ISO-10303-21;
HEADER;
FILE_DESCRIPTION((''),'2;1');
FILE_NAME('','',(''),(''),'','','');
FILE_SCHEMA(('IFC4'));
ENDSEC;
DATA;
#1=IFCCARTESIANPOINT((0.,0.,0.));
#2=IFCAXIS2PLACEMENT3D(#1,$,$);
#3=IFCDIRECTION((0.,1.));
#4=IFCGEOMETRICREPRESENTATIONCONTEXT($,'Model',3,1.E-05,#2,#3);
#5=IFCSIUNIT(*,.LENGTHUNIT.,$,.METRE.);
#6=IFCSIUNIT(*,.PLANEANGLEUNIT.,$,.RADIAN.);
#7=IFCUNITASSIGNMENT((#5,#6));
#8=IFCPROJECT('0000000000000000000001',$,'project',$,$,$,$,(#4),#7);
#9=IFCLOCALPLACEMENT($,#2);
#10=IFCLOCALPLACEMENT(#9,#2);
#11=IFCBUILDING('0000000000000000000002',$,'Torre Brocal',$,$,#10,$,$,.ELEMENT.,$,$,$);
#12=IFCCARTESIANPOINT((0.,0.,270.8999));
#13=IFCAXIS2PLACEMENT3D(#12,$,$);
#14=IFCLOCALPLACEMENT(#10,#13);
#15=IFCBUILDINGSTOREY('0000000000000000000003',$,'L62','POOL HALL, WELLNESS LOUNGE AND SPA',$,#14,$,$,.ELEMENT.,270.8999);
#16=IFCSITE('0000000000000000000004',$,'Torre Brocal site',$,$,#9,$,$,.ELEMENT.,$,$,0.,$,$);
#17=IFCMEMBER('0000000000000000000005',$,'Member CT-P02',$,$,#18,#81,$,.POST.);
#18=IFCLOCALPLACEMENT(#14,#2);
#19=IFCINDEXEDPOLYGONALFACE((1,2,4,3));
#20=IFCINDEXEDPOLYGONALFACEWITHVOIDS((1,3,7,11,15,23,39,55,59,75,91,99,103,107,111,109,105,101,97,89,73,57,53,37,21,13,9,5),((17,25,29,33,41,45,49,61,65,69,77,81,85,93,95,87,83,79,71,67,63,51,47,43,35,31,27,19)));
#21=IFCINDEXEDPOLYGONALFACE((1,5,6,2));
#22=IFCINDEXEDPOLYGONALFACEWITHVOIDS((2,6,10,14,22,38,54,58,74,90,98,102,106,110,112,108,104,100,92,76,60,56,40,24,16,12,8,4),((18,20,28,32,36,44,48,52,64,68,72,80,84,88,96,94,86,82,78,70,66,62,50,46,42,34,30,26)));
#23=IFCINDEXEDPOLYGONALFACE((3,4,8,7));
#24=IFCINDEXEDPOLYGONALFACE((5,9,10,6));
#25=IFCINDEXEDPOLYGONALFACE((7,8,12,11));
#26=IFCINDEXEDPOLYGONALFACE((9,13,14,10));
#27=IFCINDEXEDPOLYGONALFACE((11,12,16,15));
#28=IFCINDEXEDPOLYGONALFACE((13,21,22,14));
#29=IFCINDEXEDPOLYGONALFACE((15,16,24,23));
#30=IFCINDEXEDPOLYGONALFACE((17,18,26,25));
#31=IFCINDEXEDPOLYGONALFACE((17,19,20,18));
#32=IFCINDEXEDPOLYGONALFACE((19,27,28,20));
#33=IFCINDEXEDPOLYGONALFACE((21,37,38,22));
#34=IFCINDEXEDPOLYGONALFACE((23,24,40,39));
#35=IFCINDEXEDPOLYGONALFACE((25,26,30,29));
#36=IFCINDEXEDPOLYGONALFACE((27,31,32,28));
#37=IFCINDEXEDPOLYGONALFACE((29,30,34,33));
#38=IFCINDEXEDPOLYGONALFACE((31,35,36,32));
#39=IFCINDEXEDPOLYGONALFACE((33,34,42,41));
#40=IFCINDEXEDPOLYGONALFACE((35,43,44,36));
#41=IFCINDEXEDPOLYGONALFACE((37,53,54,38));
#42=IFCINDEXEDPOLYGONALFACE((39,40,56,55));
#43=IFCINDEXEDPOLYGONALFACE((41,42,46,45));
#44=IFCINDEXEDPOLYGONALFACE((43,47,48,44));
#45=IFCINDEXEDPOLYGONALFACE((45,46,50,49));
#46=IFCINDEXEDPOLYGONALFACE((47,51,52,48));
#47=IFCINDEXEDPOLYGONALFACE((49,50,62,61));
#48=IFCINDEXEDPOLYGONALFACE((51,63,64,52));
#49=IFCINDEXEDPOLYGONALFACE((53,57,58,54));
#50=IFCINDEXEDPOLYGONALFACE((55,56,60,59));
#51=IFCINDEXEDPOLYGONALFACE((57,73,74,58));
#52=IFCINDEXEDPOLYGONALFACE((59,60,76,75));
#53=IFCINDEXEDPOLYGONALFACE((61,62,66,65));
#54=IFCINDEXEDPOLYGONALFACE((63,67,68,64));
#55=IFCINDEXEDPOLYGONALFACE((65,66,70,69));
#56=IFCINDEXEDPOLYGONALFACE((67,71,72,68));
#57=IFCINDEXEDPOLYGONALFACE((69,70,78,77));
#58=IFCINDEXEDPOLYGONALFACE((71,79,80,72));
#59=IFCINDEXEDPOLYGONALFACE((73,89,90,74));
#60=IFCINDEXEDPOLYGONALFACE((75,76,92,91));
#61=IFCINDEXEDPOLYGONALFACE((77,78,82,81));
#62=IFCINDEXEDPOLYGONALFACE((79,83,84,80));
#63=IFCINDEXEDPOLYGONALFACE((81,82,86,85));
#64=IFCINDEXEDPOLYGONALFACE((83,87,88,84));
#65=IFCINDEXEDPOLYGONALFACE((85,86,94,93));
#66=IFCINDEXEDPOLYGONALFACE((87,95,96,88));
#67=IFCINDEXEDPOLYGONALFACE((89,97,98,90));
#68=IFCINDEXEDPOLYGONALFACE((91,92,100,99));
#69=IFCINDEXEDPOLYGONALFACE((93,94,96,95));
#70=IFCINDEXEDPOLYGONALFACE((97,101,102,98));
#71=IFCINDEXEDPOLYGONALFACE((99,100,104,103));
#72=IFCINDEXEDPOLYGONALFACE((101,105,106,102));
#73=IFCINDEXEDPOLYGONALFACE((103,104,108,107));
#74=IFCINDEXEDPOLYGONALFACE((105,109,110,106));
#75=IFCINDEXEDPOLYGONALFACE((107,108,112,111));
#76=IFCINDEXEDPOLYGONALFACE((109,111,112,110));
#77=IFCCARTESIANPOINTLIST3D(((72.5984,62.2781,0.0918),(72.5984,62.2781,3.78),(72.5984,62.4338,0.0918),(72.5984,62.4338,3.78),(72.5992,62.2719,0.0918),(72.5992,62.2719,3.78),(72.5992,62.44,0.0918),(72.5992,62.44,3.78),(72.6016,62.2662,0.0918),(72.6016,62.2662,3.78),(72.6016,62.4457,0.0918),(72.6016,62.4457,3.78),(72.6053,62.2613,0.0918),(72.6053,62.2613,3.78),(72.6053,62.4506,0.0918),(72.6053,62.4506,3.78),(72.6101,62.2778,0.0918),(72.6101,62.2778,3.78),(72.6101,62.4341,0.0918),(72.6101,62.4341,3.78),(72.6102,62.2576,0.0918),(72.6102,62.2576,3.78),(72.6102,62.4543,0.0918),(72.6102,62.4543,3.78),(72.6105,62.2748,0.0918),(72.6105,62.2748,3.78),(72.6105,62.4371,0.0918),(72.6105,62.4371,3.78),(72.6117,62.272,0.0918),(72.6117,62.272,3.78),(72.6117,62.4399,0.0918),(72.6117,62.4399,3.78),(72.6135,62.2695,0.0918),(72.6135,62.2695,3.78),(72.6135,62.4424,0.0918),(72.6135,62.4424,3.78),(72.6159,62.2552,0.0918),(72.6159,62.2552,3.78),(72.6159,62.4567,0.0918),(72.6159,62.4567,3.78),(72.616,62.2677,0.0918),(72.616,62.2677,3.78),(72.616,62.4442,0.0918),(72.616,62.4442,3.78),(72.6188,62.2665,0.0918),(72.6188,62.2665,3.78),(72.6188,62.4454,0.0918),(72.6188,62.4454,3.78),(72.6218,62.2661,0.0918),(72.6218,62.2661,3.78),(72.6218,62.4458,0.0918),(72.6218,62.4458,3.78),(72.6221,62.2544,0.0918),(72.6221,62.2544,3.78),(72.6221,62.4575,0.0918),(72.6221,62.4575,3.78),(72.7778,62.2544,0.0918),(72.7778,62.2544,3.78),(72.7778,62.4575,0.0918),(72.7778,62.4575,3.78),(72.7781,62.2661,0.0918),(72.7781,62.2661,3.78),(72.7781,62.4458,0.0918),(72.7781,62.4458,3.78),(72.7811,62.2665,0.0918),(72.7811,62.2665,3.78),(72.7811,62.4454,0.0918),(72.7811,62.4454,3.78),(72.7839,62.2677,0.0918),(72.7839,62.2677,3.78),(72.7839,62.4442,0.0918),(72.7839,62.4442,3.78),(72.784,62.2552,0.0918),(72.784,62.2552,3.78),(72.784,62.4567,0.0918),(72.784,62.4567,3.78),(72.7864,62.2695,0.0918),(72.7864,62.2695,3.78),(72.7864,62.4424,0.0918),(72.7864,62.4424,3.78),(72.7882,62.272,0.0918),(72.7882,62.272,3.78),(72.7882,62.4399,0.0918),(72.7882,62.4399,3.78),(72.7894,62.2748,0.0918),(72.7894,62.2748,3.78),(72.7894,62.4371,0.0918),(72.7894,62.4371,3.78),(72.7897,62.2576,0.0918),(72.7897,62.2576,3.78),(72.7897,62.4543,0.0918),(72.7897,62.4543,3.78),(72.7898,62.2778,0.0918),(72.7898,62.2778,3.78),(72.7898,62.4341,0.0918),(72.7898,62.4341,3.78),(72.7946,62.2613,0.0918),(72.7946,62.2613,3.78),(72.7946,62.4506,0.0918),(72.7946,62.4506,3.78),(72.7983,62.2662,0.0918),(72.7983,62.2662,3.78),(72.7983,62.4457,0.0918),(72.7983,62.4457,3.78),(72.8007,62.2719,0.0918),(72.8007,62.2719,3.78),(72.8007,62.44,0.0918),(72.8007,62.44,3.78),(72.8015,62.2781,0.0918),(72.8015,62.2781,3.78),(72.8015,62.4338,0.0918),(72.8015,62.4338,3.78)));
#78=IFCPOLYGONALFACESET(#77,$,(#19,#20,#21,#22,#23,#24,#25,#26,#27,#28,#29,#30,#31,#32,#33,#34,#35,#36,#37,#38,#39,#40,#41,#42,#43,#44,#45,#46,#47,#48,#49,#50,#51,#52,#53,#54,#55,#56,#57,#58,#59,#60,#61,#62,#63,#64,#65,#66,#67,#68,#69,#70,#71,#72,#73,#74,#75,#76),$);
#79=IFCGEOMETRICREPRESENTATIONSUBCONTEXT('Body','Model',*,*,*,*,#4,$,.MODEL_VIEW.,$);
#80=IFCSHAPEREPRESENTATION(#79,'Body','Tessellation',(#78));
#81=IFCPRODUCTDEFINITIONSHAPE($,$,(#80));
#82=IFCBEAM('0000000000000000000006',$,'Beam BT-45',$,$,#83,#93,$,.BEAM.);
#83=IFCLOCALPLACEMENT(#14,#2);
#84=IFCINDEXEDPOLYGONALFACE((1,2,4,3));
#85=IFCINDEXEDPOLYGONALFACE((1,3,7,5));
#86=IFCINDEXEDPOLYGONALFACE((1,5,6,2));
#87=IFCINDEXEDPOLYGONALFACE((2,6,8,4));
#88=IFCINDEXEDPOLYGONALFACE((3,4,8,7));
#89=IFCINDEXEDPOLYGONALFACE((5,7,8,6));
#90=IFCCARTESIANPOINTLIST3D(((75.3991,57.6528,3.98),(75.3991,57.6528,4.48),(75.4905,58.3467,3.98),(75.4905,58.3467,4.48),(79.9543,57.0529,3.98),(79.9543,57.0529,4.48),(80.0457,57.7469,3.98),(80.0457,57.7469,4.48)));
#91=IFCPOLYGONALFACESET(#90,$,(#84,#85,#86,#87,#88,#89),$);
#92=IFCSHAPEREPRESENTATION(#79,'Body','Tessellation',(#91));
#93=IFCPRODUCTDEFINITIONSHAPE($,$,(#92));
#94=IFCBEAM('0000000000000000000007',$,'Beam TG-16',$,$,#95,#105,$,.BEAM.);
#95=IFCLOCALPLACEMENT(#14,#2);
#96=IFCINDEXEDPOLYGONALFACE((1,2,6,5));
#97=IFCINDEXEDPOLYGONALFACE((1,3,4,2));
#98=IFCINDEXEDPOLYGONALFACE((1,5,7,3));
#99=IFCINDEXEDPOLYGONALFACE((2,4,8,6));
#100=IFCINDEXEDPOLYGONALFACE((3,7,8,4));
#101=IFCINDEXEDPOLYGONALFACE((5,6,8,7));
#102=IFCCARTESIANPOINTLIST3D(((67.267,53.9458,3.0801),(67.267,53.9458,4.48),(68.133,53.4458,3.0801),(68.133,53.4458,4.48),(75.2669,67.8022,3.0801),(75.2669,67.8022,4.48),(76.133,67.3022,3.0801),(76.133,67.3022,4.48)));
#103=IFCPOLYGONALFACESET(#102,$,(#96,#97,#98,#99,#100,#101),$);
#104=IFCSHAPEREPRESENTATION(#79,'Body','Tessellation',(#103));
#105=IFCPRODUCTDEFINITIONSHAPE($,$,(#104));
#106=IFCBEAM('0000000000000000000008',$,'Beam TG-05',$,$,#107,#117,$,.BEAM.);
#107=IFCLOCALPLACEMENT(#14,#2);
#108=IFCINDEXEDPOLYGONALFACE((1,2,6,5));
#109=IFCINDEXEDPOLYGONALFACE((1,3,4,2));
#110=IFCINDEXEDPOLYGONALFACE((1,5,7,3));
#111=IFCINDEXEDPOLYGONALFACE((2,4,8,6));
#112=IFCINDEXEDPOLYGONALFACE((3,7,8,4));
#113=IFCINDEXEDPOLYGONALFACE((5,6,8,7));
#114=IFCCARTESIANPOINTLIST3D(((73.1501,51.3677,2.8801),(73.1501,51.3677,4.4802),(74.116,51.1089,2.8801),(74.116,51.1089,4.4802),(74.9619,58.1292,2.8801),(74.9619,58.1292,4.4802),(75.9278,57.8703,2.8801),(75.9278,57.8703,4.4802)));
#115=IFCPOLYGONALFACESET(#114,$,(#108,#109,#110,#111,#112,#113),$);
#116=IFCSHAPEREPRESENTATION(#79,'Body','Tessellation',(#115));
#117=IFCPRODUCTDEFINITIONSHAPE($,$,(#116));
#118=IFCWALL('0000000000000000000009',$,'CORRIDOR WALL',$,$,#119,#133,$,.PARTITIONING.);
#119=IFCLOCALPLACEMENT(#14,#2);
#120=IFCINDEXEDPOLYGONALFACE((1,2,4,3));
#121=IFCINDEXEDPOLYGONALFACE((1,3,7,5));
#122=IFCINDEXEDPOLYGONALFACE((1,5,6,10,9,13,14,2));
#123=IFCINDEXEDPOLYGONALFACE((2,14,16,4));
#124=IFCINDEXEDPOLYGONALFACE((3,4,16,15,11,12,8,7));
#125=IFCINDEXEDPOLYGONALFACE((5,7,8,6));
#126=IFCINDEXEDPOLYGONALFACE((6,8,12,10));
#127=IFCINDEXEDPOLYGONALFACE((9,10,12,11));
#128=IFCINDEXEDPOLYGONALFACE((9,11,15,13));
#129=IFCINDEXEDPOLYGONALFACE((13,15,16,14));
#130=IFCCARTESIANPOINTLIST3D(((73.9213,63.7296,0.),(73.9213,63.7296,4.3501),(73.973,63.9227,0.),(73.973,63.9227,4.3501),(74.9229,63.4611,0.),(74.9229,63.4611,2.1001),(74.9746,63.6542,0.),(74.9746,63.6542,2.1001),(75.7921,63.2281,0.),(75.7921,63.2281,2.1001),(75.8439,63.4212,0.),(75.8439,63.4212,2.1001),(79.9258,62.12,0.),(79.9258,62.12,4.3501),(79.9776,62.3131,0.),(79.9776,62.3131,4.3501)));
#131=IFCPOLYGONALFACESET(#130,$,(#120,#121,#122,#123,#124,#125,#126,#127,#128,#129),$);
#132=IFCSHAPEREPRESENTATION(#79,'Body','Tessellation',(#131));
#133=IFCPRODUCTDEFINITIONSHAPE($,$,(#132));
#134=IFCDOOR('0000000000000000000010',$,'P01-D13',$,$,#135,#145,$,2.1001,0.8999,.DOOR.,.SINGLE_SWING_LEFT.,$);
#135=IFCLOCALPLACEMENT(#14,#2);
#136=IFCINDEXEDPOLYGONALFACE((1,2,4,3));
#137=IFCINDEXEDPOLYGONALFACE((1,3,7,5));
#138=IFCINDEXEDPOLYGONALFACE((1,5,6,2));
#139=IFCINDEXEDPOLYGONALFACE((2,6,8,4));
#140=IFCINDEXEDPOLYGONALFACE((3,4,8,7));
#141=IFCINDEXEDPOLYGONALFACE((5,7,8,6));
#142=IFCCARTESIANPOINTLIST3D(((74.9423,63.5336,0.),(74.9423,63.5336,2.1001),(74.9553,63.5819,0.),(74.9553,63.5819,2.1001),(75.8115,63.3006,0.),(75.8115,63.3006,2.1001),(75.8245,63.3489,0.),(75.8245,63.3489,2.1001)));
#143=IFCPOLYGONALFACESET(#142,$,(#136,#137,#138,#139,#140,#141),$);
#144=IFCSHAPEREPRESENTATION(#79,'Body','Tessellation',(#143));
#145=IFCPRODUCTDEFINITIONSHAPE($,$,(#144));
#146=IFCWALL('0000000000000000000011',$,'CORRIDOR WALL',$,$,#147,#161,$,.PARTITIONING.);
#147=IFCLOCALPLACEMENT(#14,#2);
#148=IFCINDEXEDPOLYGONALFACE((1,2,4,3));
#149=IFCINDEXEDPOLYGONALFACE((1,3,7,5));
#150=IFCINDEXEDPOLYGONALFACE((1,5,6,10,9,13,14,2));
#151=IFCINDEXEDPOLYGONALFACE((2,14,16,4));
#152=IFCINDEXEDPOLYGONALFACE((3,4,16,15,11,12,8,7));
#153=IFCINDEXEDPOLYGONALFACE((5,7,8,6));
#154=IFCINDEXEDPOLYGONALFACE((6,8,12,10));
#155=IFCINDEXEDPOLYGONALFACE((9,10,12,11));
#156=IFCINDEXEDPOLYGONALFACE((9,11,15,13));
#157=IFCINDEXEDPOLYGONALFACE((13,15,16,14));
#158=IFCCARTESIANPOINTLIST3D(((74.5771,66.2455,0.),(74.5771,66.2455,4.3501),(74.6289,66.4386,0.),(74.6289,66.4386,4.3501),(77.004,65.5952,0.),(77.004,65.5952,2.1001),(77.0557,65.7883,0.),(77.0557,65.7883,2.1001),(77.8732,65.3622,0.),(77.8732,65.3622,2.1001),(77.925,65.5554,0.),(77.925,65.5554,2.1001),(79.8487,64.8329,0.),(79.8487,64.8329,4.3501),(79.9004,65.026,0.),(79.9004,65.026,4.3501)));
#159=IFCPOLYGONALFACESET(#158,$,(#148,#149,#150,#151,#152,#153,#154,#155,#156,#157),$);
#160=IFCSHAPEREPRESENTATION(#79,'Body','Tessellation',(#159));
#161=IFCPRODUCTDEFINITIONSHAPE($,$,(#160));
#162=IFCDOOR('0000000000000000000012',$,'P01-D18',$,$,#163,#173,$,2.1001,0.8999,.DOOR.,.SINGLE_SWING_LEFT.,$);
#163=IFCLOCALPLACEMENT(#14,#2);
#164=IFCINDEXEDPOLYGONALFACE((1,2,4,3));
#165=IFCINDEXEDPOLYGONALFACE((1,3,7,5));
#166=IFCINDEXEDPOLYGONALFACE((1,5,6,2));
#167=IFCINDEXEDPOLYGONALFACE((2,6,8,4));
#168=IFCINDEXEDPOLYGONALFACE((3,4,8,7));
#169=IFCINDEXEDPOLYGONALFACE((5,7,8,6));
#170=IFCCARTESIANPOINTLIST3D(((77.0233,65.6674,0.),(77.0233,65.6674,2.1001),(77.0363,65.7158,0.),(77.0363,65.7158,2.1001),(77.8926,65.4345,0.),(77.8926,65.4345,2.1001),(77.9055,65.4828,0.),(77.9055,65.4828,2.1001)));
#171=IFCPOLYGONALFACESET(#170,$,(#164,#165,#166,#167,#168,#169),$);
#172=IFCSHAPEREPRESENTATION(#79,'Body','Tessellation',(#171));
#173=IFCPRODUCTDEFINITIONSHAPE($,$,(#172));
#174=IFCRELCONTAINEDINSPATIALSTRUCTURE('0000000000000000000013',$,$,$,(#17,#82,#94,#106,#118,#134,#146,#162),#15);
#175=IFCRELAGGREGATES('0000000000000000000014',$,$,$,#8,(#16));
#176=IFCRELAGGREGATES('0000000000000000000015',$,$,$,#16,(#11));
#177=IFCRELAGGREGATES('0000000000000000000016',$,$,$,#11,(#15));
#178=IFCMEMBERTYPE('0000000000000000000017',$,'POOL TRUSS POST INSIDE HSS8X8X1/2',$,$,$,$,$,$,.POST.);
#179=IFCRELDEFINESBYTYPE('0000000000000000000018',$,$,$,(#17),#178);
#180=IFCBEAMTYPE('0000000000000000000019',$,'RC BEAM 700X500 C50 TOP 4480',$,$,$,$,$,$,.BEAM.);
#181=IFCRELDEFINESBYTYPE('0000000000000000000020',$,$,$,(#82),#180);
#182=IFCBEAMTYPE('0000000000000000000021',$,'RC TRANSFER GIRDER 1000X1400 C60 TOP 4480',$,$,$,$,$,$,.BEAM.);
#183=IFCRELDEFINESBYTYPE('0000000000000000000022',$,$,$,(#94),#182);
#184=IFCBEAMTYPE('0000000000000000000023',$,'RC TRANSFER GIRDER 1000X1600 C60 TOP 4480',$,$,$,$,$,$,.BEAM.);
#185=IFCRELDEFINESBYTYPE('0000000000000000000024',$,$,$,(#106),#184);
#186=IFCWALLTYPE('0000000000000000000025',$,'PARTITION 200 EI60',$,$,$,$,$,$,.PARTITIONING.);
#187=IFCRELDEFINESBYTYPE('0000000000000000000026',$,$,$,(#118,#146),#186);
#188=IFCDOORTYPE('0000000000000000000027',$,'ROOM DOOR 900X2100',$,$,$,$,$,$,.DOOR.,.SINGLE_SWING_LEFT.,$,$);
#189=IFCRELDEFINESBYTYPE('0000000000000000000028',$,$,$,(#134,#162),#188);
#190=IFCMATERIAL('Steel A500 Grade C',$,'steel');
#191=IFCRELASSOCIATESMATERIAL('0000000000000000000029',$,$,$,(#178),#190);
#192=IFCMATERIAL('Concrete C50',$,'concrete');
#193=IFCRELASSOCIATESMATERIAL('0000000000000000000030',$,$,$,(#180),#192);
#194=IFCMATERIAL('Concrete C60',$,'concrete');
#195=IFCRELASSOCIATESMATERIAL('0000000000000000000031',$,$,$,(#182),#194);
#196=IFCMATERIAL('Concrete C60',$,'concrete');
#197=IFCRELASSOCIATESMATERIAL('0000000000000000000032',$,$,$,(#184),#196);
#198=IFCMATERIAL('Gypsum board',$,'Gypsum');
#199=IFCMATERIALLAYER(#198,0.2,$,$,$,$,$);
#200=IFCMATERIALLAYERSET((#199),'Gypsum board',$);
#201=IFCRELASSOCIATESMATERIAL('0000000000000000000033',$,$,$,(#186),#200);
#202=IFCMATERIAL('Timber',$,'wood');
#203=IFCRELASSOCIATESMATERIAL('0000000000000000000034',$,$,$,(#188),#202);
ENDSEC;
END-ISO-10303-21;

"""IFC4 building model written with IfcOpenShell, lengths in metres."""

from ifc_helpers import new_model, si_unit, direction, frame, frame_2d, origin, origin_2d, place, context, subcontext, project, spatial, rectangle, hollow_rectangle, extrude, material, layer, layer_set, material_profile, profile_set, type_object, element, fill, save


model = new_model("IFC4")

# Units and contexts
model_context = context("Model", 3, precision=1e-05, world=origin(), true_north=direction((0.0, 1.0)))
body_context = subcontext(model_context, "Body", "Model", "MODEL_VIEW")
ifc_project = project(units=[si_unit("LENGTHUNIT", "METRE"), si_unit("PLANEANGLEUNIT", "RADIAN")], contexts=[model_context])

# Site, building, storey
site_placement = place(None, origin())
site = spatial("IfcSite", under=ifc_project, at=site_placement, Name="Torre Brocal site", CompositionType="ELEMENT", RefElevation=0.0)
building_placement = place(site_placement, origin())
building = spatial("IfcBuilding", under=site, at=building_placement, Name="Torre Brocal", CompositionType="ELEMENT")
storey_placement = place(building_placement, frame((0.0, 0.0, 270.8999)))
storey = spatial("IfcBuildingStorey", under=building, at=storey_placement, Name="L62", Description="POOL HALL, WELLNESS LOUNGE AND SPA", CompositionType="ELEMENT", Elevation=270.8999)

# Member
ifc_material_1 = material(Name="Steel A500 Grade C", Category="steel")
ifc_material_profile_1 = material_profile(ifc_material_1, hollow_rectangle(XDim=0.2031, YDim=0.2031, WallThickness=0.0117, InnerFilletRadius=0.0117, OuterFilletRadius=0.0237, at=origin_2d()), Name="HSS8X8X1/2")
ifc_profile_set_1 = profile_set([ifc_material_profile_1], Name="Steel A500 Grade C")
member_type_1 = type_object("IfcMemberType", Name="POOL TRUSS POST INSIDE HSS8X8X1/2", PredefinedType="POST", material=ifc_profile_set_1)
for number, where, z_axis, x_axis, name in (
    (1, (72.7, 62.356, 0.0918), (0.0, 0.0, 1.0), (1.0, 0.0, 0.0), "Member CT-P02"),
):
    element("IfcMember", number, at=place(storey_placement, frame(where, z_axis=z_axis, x_axis=x_axis)), inside=storey, type_object=member_type_1, Name=name, PredefinedType="POST", context=body_context, shape_type="SweptSolid", body=[
        extrude(hollow_rectangle(XDim=0.2031, YDim=0.2031, WallThickness=0.0117, InnerFilletRadius=0.0117, OuterFilletRadius=0.0237, at=origin_2d()), origin(), (0.0, 0.0, 1.0), 3.6882),
    ])

# Beams
ifc_material_2 = material(Name="Concrete C50", Category="concrete")
ifc_material_profile_2 = material_profile(ifc_material_2, rectangle(XDim=0.7, YDim=0.5, at=origin_2d()), Name="RC 700X500")
ifc_profile_set_2 = profile_set([ifc_material_profile_2], Name="Concrete C50")
beam_type_1 = type_object("IfcBeamType", Name="RC BEAM 700X500 C50 TOP 4480", PredefinedType="BEAM", material=ifc_profile_set_2)
beam_1_placement = place(storey_placement, frame((75.4448, 57.9998, 4.23), z_axis=(0.991441, -0.130559, 0.0), x_axis=(0.130559, 0.991441, 0.0)))
element("IfcBeam", 2, at=beam_1_placement, inside=storey, type_object=beam_type_1, Name="Beam BT-45", PredefinedType="BEAM", context=body_context, shape_type="SweptSolid", body=[
    extrude(rectangle(XDim=0.7, YDim=0.5, at=origin_2d()), origin(), (0.0, 0.0, 1.0), 4.5945),
])
ifc_material_3 = material(Name="Concrete C60", Category="concrete")
ifc_material_profile_3 = material_profile(ifc_material_3, rectangle(XDim=1.0, YDim=1.3999, at=origin_2d()), Name="RC 1000X1400")
ifc_profile_set_3 = profile_set([ifc_material_profile_3], Name="Concrete C60")
beam_type_2 = type_object("IfcBeamType", Name="RC TRANSFER GIRDER 1000X1400 C60 TOP 4480", PredefinedType="BEAM", material=ifc_profile_set_3)
beam_2_placement = place(storey_placement, frame((75.7, 67.5522, 3.78), z_axis=(-0.499999, -0.866026, 0.0), x_axis=(0.866026, -0.499999, 0.0)))
element("IfcBeam", 3, at=beam_2_placement, inside=storey, type_object=beam_type_2, Name="Beam TG-16", PredefinedType="BEAM", context=body_context, shape_type="SweptSolid", body=[
    extrude(rectangle(XDim=1.0, YDim=1.3999, at=origin_2d()), origin(), (0.0, 0.0, 1.0), 16.0),
])
ifc_material_4 = material(Name="Concrete C60", Category="concrete")
ifc_material_profile_4 = material_profile(ifc_material_4, rectangle(XDim=1.0, YDim=1.6001, at=origin_2d()), Name="RC 1000X1600")
ifc_profile_set_4 = profile_set([ifc_material_profile_4], Name="Concrete C60")
beam_type_3 = type_object("IfcBeamType", Name="RC TRANSFER GIRDER 1000X1600 C60 TOP 4480", PredefinedType="BEAM", material=ifc_profile_set_4)
beam_3_placement = place(storey_placement, frame((75.4448, 57.9998, 3.6802), z_axis=(-0.258824, -0.965925, 0.0), x_axis=(0.965925, -0.258824, 0.0)))
element("IfcBeam", 4, at=beam_3_placement, inside=storey, type_object=beam_type_3, Name="Beam TG-05", PredefinedType="BEAM", context=body_context, shape_type="SweptSolid", body=[
    extrude(rectangle(XDim=1.0, YDim=1.6001, at=origin_2d()), origin(), (0.0, 0.0, 1.0), 7.0),
])

# Walls, openings, doors
ifc_material_5 = material(Name="Gypsum board", Category="Gypsum")
ifc_layer_1 = layer(ifc_material_5, 0.2)
ifc_layer_set_1 = layer_set([ifc_layer_1], Name="Gypsum board")
wall_type_1 = type_object("IfcWallType", Name="PARTITION 200 EI60", PredefinedType="PARTITIONING", material=ifc_layer_set_1)
wall_1_placement = place(storey_placement, frame((73.947, 63.8262, 0.0), z_axis=(0.0, 0.0, 1.0), x_axis=(0.965898, -0.258921, 0.0)))
wall_1 = element("IfcWall", 5, at=wall_1_placement, inside=storey, type_object=wall_type_1, Name="CORRIDOR WALL", PredefinedType="PARTITIONING", context=body_context, shape_type="SweptSolid", body=[
    extrude(rectangle(XDim=6.2166, YDim=0.2, at=frame_2d((3.1084, 0.0))), origin(), (0.0, 0.0, 1.0), 4.3501),
])
opening_1_placement = place(wall_1_placement, frame((1.0371, 0.0, 0.0)))
opening_1 = element("IfcOpeningElement", 6, at=opening_1_placement, cuts=wall_1, PredefinedType="OPENING", context=body_context, shape_type="SweptSolid", body=[
    extrude(rectangle(XDim=0.8999, YDim=2.1001, at=frame_2d((0.45, 1.05))), frame((0.0, 0.1099, 0.0), z_axis=(0.0, -1.0, 0.0), x_axis=(1.0, 0.0, 0.0)), (0.0, 0.0, 1.0), 0.22),
])
ifc_material_6 = material(Name="Timber", Category="wood")
door_type = type_object("IfcDoorType", Name="ROOM DOOR 900X2100", OperationType="SINGLE_SWING_LEFT", PredefinedType="DOOR", material=ifc_material_6)
door_1_placement = place(opening_1_placement, frame((0.8999, 0.0, 0.0), z_axis=(0.0, 0.0, 1.0), x_axis=(-1.0, 0.0, 0.0)))
door_1 = element("IfcDoor", 7, at=door_1_placement, inside=storey, type_object=door_type, Name="P01-D13", OperationType="SINGLE_SWING_LEFT", OverallHeight=2.1001, OverallWidth=0.8999, PredefinedType="DOOR", context=body_context, shape_type="SweptSolid", body=[
    extrude(rectangle(XDim=0.8999, YDim=2.1001, at=frame_2d((0.45, 1.05))), frame((0.0, 0.0249, 0.0), z_axis=(0.0, -1.0, 0.0), x_axis=(1.0, 0.0, 0.0)), (0.0, 0.0, 1.0), 0.05),
])
fill(opening_1, door_1)
wall_2_placement = place(storey_placement, frame((74.603, 66.342, 0.0), z_axis=(0.0, 0.0, 1.0), x_axis=(0.965921, -0.258837, 0.0)))
wall_2 = element("IfcWall", 8, at=wall_2_placement, inside=storey, type_object=wall_type_1, Name="CORRIDOR WALL", PredefinedType="PARTITIONING", context=body_context, shape_type="SweptSolid", body=[
    extrude(rectangle(XDim=5.4575, YDim=0.2, at=frame_2d((2.7288, 0.0))), origin(), (0.0, 0.0, 1.0), 4.3501),
])
opening_2_placement = place(wall_2_placement, frame((2.5125, 0.0, 0.0)))
opening_2 = element("IfcOpeningElement", 9, at=opening_2_placement, cuts=wall_2, PredefinedType="OPENING", context=body_context, shape_type="SweptSolid", body=[
    extrude(rectangle(XDim=0.8999, YDim=2.1001, at=frame_2d((0.45, 1.05))), frame((0.0, 0.1099, 0.0), z_axis=(0.0, -1.0, 0.0), x_axis=(1.0, 0.0, 0.0)), (0.0, 0.0, 1.0), 0.22),
])
door_2_placement = place(opening_2_placement, origin())
door_2 = element("IfcDoor", 10, at=door_2_placement, inside=storey, type_object=door_type, Name="P01-D18", OperationType="SINGLE_SWING_LEFT", OverallHeight=2.1001, OverallWidth=0.8999, PredefinedType="DOOR", context=body_context, shape_type="SweptSolid", body=[
    extrude(rectangle(XDim=0.8999, YDim=2.1001, at=frame_2d((0.45, 1.05))), frame((0.0, 0.0249, 0.0), z_axis=(0.0, -1.0, 0.0), x_axis=(1.0, 0.0, 0.0)), (0.0, 0.0, 1.0), 0.05),
])
fill(opening_2, door_2)

save(model, "model.ifc")
